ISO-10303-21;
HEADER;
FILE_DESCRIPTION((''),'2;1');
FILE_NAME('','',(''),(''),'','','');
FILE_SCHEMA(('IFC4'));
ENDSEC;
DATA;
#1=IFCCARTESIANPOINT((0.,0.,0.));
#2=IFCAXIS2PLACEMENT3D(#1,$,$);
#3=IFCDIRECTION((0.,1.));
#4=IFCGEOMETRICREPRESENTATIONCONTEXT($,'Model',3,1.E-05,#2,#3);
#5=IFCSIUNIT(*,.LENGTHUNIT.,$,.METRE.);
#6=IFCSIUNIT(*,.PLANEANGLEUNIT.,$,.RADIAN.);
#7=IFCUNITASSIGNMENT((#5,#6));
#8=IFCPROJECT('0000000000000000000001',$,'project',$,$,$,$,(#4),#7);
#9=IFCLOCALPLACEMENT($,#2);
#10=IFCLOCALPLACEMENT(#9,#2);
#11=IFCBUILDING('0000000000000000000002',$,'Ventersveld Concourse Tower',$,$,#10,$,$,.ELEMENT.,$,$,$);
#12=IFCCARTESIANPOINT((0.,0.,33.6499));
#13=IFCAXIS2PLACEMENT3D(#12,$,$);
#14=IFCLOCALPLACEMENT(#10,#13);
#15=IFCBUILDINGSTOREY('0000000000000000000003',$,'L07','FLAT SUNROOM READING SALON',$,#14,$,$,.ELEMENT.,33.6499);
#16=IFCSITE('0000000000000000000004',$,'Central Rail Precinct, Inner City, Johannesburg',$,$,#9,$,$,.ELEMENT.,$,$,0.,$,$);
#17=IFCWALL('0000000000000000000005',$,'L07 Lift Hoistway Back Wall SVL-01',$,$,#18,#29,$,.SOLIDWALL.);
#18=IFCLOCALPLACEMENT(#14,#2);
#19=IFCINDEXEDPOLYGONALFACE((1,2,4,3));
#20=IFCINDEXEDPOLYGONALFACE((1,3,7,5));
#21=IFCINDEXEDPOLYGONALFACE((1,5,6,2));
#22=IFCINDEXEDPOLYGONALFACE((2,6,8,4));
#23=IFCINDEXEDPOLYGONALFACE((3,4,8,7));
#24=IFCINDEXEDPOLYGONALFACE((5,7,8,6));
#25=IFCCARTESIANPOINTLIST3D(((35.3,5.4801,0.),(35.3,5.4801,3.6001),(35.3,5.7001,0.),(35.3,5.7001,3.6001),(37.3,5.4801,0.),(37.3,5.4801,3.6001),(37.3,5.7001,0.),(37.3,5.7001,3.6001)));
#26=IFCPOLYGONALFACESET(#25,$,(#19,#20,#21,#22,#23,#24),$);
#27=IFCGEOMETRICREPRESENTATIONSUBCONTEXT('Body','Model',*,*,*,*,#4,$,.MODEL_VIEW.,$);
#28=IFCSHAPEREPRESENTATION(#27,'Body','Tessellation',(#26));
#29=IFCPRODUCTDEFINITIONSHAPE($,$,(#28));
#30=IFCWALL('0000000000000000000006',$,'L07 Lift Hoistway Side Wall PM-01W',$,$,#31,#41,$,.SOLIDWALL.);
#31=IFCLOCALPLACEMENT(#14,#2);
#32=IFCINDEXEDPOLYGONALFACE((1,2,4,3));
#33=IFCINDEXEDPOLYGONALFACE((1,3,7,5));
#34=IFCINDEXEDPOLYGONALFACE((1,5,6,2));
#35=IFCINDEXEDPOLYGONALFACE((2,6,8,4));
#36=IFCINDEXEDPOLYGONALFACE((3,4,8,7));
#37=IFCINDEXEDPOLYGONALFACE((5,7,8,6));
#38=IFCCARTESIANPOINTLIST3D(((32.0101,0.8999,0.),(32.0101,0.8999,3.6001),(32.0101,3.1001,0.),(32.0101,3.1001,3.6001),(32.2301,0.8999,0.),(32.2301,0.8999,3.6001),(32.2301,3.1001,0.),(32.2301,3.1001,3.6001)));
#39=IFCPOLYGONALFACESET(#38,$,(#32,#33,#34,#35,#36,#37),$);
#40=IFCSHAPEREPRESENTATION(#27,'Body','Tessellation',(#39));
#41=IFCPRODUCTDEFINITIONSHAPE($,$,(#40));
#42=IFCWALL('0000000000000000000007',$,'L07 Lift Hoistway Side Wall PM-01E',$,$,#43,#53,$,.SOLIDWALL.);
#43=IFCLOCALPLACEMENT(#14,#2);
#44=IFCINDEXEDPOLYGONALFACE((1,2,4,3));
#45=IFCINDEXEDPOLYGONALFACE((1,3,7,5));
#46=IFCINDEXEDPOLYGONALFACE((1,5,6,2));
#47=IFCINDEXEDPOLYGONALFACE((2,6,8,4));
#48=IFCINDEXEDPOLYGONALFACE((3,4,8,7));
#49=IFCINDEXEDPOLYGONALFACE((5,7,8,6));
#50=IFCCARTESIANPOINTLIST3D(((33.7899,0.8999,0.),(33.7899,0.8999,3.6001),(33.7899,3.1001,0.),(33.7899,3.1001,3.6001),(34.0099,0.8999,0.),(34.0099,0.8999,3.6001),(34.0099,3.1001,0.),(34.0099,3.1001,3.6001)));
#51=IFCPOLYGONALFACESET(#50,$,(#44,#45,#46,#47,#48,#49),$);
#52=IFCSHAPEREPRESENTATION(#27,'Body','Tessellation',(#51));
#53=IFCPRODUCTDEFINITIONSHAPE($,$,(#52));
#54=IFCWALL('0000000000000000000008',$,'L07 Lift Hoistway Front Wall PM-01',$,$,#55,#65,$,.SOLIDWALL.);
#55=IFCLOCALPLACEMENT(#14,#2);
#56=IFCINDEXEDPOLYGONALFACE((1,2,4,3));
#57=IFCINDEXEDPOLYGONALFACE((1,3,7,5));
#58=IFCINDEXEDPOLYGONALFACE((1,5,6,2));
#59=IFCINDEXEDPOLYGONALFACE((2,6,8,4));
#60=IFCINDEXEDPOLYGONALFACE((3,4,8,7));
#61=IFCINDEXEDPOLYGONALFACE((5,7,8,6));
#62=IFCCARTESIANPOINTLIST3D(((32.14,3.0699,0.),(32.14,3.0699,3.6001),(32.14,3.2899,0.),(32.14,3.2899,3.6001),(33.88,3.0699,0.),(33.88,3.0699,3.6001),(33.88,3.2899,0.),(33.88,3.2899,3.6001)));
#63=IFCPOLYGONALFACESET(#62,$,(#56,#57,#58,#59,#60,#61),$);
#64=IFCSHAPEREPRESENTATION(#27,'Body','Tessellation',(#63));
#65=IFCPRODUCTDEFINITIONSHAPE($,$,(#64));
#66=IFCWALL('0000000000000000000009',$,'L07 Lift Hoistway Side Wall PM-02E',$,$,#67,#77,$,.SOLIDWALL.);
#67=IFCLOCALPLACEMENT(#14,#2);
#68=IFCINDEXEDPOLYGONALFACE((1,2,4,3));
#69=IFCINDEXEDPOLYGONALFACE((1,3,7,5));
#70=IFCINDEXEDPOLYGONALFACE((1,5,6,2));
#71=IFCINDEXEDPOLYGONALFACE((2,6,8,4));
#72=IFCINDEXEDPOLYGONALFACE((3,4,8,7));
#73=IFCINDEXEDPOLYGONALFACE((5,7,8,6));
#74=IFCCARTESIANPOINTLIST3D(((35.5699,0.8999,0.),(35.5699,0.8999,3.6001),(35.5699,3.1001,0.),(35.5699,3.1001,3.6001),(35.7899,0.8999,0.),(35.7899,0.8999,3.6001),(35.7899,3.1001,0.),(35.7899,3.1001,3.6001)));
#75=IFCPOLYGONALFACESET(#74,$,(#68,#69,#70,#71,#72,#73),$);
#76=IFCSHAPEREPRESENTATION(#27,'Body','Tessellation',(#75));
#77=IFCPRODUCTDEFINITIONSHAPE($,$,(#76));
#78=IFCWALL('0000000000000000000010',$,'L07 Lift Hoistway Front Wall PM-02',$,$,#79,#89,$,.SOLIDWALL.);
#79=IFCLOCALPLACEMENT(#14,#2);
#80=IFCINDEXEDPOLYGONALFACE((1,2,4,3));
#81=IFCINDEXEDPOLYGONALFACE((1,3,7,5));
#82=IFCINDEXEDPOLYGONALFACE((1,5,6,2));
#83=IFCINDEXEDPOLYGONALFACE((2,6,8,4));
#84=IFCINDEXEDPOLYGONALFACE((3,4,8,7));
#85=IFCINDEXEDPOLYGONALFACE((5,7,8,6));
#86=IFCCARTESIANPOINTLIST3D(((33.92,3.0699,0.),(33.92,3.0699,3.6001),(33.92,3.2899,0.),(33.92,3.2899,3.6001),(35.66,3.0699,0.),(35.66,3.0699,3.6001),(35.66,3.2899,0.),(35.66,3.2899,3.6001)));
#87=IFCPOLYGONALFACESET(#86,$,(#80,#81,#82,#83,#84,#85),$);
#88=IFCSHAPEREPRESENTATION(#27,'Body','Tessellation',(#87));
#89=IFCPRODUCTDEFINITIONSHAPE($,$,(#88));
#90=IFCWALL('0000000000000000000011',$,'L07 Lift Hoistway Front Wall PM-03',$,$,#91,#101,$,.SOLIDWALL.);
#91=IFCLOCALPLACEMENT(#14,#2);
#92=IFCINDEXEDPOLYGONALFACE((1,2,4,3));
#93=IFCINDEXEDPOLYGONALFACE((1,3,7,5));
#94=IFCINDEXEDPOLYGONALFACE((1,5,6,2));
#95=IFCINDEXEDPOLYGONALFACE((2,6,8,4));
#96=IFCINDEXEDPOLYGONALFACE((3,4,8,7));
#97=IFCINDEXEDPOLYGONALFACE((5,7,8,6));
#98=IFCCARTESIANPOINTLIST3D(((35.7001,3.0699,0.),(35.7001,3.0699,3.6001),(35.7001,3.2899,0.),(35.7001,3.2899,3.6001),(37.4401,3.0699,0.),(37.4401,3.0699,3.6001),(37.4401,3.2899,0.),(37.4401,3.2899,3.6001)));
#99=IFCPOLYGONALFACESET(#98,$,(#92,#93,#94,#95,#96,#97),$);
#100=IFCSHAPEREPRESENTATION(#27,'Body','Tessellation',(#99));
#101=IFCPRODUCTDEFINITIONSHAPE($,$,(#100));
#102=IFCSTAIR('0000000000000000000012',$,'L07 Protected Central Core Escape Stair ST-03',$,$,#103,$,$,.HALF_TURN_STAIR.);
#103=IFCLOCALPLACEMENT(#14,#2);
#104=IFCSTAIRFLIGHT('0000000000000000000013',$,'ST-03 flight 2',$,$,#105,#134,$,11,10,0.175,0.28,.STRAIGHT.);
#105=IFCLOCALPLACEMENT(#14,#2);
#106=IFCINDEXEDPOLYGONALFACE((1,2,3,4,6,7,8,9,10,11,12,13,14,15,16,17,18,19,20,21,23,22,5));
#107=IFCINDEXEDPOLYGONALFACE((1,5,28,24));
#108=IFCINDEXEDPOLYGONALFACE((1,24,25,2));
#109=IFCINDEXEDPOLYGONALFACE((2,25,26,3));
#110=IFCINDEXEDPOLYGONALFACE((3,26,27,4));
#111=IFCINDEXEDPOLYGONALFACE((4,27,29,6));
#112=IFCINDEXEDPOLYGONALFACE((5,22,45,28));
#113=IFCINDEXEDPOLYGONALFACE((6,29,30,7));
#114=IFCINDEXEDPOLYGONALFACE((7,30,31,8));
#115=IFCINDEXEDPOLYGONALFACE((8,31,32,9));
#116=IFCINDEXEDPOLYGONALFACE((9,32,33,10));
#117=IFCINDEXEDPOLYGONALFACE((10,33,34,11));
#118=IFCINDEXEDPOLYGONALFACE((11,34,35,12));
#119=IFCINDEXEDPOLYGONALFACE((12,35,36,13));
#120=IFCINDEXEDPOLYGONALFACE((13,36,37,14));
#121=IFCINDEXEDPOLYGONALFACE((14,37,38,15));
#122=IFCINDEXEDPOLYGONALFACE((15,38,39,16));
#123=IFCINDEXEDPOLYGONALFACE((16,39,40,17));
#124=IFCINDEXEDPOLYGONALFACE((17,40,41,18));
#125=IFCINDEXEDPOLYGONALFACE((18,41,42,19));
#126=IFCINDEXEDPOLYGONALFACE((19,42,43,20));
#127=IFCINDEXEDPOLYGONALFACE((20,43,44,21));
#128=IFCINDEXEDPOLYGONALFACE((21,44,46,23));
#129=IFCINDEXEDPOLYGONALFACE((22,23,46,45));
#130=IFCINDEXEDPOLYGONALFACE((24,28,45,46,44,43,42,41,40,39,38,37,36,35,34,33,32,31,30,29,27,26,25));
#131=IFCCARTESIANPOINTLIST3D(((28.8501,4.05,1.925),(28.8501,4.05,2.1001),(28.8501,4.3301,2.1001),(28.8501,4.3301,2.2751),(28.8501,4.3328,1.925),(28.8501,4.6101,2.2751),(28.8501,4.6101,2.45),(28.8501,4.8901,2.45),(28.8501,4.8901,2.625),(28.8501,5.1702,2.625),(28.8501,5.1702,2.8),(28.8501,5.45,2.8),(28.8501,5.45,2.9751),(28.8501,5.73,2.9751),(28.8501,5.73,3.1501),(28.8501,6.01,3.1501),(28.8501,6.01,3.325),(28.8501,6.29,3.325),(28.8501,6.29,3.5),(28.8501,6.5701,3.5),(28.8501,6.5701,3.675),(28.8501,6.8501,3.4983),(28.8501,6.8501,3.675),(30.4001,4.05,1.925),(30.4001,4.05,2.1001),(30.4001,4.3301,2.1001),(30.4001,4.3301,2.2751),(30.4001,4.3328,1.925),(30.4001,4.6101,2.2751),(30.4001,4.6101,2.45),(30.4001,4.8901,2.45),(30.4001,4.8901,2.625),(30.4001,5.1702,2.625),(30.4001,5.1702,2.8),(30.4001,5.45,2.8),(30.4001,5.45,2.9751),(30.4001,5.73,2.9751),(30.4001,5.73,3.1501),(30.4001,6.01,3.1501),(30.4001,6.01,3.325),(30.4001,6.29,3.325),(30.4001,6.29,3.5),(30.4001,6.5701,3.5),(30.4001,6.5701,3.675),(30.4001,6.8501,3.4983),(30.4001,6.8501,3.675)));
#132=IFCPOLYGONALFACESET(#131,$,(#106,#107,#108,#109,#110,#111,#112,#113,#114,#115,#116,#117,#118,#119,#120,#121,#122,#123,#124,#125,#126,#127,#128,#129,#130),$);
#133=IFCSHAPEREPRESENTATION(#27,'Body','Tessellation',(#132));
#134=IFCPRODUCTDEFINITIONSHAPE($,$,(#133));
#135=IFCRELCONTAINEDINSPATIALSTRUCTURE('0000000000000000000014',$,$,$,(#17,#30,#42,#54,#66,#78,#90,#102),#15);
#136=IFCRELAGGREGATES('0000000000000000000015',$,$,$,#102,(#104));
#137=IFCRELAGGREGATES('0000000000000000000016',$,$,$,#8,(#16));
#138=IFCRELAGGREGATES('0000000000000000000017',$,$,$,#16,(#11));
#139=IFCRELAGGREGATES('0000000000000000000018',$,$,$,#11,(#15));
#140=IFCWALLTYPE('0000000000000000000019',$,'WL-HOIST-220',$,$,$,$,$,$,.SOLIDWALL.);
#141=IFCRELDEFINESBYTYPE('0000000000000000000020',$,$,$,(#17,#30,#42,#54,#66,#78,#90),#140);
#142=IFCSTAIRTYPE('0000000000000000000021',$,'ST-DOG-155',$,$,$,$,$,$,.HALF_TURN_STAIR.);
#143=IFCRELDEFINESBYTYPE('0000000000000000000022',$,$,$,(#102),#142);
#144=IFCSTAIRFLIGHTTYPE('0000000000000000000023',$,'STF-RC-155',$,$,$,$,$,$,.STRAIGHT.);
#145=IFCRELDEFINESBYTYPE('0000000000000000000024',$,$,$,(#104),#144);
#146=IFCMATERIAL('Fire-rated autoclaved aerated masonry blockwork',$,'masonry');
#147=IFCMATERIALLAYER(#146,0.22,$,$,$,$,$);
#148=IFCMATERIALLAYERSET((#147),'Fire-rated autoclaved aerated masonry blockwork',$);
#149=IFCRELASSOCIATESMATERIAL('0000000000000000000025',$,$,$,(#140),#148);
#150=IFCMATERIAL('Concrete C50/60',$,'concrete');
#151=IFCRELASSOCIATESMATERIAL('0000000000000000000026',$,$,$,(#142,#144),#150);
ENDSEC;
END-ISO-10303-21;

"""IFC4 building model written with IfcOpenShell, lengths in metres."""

from ifc_helpers import new_model, si_unit, direction, frame, frame_2d, origin, place, context, subcontext, project, spatial, polyline, rectangle, outline, extrude, material, layer, layer_set, type_object, element, aggregate, save


model = new_model("IFC4")

# Units and contexts
model_context = context("Model", 3, precision=1e-05, world=origin(), true_north=direction((0.0, 1.0)))
body_context = subcontext(model_context, "Body", "Model", "MODEL_VIEW")
ifc_project = project(units=[si_unit("LENGTHUNIT", "METRE"), si_unit("PLANEANGLEUNIT", "RADIAN")], contexts=[model_context])

# Site, building, storey
site_placement = place(None, origin())
site = spatial("IfcSite", under=ifc_project, at=site_placement, Name="Central Rail Precinct, Inner City, Johannesburg", CompositionType="ELEMENT", RefElevation=0.0)
building_placement = place(site_placement, origin())
building = spatial("IfcBuilding", under=site, at=building_placement, Name="Ventersveld Concourse Tower", CompositionType="ELEMENT")
storey_placement = place(building_placement, frame((0.0, 0.0, 33.6499)))
storey = spatial("IfcBuildingStorey", under=building, at=storey_placement, Name="L07", Description="FLAT SUNROOM READING SALON", CompositionType="ELEMENT", Elevation=33.6499)

# Shared definitions
ifc_material_1 = material(Name="Concrete C50/60", Category="concrete")

# Walls
ifc_material_2 = material(Name="Fire-rated autoclaved aerated masonry blockwork", Category="masonry")
ifc_layer_1 = layer(ifc_material_2, 0.22)
ifc_layer_set_1 = layer_set([ifc_layer_1], Name="Fire-rated autoclaved aerated masonry blockwork")
wall_type_1 = type_object("IfcWallType", Name="WL-HOIST-220", PredefinedType="SOLIDWALL", material=ifc_layer_set_1)
wall_1_placement = place(storey_placement, frame((35.3, 5.5901, 0.0), z_axis=(0.0, 0.0, 1.0), x_axis=(1.0, 0.0, 0.0)))
element("IfcWall", 1, at=wall_1_placement, inside=storey, type_object=wall_type_1, Name="L07 Lift Hoistway Back Wall SVL-01", PredefinedType="SOLIDWALL", context=body_context, shape_type="SweptSolid", body=[
    extrude(rectangle(XDim=2.0, YDim=0.22, at=frame_2d((1.0, 0.0))), origin(), (0.0, 0.0, 1.0), 3.6001),
])
for number, where, z_axis, x_axis, name in (
    (2, (32.1201, 0.8999, 0.0), (0.0, 0.0, 1.0), (0.0, 1.0, 0.0), "L07 Lift Hoistway Side Wall PM-01W"),
    (3, (33.8999, 0.8999, 0.0), (0.0, 0.0, 1.0), (0.0, 1.0, 0.0), "L07 Lift Hoistway Side Wall PM-01E"),
):
    element("IfcWall", number, at=place(storey_placement, frame(where, z_axis=z_axis, x_axis=x_axis)), inside=storey, type_object=wall_type_1, Name=name, PredefinedType="SOLIDWALL", context=body_context, shape_type="SweptSolid", body=[
        extrude(rectangle(XDim=2.2002, YDim=0.22, at=frame_2d((1.1001, 0.0))), origin(), (0.0, 0.0, 1.0), 3.6001),
    ])
wall_2_placement = place(storey_placement, frame((32.1399, 3.1799, 0.0), z_axis=(0.0, 0.0, 1.0), x_axis=(1.0, 0.0, 0.0)))
element("IfcWall", 4, at=wall_2_placement, inside=storey, type_object=wall_type_1, Name="L07 Lift Hoistway Front Wall PM-01", PredefinedType="SOLIDWALL", context=body_context, shape_type="SweptSolid", body=[
    extrude(rectangle(XDim=1.74, YDim=0.22, at=frame_2d((0.8701, 0.0))), origin(), (0.0, 0.0, 1.0), 3.6001),
])
wall_3_placement = place(storey_placement, frame((35.6799, 0.8999, 0.0), z_axis=(0.0, 0.0, 1.0), x_axis=(0.0, 1.0, 0.0)))
element("IfcWall", 5, at=wall_3_placement, inside=storey, type_object=wall_type_1, Name="L07 Lift Hoistway Side Wall PM-02E", PredefinedType="SOLIDWALL", context=body_context, shape_type="SweptSolid", body=[
    extrude(rectangle(XDim=2.2002, YDim=0.22, at=frame_2d((1.1001, 0.0))), origin(), (0.0, 0.0, 1.0), 3.6001),
])
for number, where, z_axis, x_axis, name in (
    (6, (33.9199, 3.1799, 0.0), (0.0, 0.0, 1.0), (1.0, 0.0, 0.0), "L07 Lift Hoistway Front Wall PM-02"),
    (7, (35.7, 3.1799, 0.0), (0.0, 0.0, 1.0), (1.0, 0.0, 0.0), "L07 Lift Hoistway Front Wall PM-03"),
):
    element("IfcWall", number, at=place(storey_placement, frame(where, z_axis=z_axis, x_axis=x_axis)), inside=storey, type_object=wall_type_1, Name=name, PredefinedType="SOLIDWALL", context=body_context, shape_type="SweptSolid", body=[
        extrude(rectangle(XDim=1.74, YDim=0.22, at=frame_2d((0.8701, 0.0))), origin(), (0.0, 0.0, 1.0), 3.6001),
    ])

# Stair, stair flight
stair_type = type_object("IfcStairType", Name="ST-DOG-155", PredefinedType="HALF_TURN_STAIR", material=ifc_material_1)
stair_placement = place(storey_placement, origin())
stair = element("IfcStair", 8, at=stair_placement, inside=storey, type_object=stair_type, Name="L07 Protected Central Core Escape Stair ST-03", PredefinedType="HALF_TURN_STAIR")
stair_flight_type = type_object("IfcStairFlightType", Name="STF-RC-155", PredefinedType="STRAIGHT", material=ifc_material_1)
stair_flight_placement = place(storey_placement, frame((29.625, 4.05, 1.925), z_axis=(0.0, 0.0, 1.0), x_axis=(0.0, 1.0, 0.0)))
stair_flight = element("IfcStairFlight", 9, at=stair_flight_placement, type_object=stair_flight_type, Name="ST-03 flight 2", NumberOfRisers=11, NumberOfTreads=10, PredefinedType="STRAIGHT", RiserHeight=0.175, TreadLength=0.28, context=body_context, shape_type="SweptSolid", body=[
    extrude(outline(polyline([(0.0, 0.0), (0.0, 0.175), (0.28, 0.175), (0.28, 0.3501), (0.5601, 0.3501), (0.5601, 0.5249), (0.8401, 0.5249), (0.8401, 0.7), (1.1201, 0.7), (1.1201, 0.875), (1.3999, 0.875), (1.3999, 1.05), (1.6799, 1.05), (1.6799, 1.2251), (1.96, 1.2251), (1.96, 1.3999), (2.24, 1.3999), (2.24, 1.575), (2.52, 1.575), (2.52, 1.75), (2.8, 1.75), (2.8, 1.925), (2.8, 1.5732), (0.2827, 0.0), (0.0, 0.0)])), frame((0.0, 0.7749, 0.0), z_axis=(0.0, -1.0, 0.0), x_axis=(1.0, 0.0, 0.0)), (0.0, 0.0, 1.0), 1.55),
])
aggregate(stair, [stair_flight])

save(model, "model.ifc")
